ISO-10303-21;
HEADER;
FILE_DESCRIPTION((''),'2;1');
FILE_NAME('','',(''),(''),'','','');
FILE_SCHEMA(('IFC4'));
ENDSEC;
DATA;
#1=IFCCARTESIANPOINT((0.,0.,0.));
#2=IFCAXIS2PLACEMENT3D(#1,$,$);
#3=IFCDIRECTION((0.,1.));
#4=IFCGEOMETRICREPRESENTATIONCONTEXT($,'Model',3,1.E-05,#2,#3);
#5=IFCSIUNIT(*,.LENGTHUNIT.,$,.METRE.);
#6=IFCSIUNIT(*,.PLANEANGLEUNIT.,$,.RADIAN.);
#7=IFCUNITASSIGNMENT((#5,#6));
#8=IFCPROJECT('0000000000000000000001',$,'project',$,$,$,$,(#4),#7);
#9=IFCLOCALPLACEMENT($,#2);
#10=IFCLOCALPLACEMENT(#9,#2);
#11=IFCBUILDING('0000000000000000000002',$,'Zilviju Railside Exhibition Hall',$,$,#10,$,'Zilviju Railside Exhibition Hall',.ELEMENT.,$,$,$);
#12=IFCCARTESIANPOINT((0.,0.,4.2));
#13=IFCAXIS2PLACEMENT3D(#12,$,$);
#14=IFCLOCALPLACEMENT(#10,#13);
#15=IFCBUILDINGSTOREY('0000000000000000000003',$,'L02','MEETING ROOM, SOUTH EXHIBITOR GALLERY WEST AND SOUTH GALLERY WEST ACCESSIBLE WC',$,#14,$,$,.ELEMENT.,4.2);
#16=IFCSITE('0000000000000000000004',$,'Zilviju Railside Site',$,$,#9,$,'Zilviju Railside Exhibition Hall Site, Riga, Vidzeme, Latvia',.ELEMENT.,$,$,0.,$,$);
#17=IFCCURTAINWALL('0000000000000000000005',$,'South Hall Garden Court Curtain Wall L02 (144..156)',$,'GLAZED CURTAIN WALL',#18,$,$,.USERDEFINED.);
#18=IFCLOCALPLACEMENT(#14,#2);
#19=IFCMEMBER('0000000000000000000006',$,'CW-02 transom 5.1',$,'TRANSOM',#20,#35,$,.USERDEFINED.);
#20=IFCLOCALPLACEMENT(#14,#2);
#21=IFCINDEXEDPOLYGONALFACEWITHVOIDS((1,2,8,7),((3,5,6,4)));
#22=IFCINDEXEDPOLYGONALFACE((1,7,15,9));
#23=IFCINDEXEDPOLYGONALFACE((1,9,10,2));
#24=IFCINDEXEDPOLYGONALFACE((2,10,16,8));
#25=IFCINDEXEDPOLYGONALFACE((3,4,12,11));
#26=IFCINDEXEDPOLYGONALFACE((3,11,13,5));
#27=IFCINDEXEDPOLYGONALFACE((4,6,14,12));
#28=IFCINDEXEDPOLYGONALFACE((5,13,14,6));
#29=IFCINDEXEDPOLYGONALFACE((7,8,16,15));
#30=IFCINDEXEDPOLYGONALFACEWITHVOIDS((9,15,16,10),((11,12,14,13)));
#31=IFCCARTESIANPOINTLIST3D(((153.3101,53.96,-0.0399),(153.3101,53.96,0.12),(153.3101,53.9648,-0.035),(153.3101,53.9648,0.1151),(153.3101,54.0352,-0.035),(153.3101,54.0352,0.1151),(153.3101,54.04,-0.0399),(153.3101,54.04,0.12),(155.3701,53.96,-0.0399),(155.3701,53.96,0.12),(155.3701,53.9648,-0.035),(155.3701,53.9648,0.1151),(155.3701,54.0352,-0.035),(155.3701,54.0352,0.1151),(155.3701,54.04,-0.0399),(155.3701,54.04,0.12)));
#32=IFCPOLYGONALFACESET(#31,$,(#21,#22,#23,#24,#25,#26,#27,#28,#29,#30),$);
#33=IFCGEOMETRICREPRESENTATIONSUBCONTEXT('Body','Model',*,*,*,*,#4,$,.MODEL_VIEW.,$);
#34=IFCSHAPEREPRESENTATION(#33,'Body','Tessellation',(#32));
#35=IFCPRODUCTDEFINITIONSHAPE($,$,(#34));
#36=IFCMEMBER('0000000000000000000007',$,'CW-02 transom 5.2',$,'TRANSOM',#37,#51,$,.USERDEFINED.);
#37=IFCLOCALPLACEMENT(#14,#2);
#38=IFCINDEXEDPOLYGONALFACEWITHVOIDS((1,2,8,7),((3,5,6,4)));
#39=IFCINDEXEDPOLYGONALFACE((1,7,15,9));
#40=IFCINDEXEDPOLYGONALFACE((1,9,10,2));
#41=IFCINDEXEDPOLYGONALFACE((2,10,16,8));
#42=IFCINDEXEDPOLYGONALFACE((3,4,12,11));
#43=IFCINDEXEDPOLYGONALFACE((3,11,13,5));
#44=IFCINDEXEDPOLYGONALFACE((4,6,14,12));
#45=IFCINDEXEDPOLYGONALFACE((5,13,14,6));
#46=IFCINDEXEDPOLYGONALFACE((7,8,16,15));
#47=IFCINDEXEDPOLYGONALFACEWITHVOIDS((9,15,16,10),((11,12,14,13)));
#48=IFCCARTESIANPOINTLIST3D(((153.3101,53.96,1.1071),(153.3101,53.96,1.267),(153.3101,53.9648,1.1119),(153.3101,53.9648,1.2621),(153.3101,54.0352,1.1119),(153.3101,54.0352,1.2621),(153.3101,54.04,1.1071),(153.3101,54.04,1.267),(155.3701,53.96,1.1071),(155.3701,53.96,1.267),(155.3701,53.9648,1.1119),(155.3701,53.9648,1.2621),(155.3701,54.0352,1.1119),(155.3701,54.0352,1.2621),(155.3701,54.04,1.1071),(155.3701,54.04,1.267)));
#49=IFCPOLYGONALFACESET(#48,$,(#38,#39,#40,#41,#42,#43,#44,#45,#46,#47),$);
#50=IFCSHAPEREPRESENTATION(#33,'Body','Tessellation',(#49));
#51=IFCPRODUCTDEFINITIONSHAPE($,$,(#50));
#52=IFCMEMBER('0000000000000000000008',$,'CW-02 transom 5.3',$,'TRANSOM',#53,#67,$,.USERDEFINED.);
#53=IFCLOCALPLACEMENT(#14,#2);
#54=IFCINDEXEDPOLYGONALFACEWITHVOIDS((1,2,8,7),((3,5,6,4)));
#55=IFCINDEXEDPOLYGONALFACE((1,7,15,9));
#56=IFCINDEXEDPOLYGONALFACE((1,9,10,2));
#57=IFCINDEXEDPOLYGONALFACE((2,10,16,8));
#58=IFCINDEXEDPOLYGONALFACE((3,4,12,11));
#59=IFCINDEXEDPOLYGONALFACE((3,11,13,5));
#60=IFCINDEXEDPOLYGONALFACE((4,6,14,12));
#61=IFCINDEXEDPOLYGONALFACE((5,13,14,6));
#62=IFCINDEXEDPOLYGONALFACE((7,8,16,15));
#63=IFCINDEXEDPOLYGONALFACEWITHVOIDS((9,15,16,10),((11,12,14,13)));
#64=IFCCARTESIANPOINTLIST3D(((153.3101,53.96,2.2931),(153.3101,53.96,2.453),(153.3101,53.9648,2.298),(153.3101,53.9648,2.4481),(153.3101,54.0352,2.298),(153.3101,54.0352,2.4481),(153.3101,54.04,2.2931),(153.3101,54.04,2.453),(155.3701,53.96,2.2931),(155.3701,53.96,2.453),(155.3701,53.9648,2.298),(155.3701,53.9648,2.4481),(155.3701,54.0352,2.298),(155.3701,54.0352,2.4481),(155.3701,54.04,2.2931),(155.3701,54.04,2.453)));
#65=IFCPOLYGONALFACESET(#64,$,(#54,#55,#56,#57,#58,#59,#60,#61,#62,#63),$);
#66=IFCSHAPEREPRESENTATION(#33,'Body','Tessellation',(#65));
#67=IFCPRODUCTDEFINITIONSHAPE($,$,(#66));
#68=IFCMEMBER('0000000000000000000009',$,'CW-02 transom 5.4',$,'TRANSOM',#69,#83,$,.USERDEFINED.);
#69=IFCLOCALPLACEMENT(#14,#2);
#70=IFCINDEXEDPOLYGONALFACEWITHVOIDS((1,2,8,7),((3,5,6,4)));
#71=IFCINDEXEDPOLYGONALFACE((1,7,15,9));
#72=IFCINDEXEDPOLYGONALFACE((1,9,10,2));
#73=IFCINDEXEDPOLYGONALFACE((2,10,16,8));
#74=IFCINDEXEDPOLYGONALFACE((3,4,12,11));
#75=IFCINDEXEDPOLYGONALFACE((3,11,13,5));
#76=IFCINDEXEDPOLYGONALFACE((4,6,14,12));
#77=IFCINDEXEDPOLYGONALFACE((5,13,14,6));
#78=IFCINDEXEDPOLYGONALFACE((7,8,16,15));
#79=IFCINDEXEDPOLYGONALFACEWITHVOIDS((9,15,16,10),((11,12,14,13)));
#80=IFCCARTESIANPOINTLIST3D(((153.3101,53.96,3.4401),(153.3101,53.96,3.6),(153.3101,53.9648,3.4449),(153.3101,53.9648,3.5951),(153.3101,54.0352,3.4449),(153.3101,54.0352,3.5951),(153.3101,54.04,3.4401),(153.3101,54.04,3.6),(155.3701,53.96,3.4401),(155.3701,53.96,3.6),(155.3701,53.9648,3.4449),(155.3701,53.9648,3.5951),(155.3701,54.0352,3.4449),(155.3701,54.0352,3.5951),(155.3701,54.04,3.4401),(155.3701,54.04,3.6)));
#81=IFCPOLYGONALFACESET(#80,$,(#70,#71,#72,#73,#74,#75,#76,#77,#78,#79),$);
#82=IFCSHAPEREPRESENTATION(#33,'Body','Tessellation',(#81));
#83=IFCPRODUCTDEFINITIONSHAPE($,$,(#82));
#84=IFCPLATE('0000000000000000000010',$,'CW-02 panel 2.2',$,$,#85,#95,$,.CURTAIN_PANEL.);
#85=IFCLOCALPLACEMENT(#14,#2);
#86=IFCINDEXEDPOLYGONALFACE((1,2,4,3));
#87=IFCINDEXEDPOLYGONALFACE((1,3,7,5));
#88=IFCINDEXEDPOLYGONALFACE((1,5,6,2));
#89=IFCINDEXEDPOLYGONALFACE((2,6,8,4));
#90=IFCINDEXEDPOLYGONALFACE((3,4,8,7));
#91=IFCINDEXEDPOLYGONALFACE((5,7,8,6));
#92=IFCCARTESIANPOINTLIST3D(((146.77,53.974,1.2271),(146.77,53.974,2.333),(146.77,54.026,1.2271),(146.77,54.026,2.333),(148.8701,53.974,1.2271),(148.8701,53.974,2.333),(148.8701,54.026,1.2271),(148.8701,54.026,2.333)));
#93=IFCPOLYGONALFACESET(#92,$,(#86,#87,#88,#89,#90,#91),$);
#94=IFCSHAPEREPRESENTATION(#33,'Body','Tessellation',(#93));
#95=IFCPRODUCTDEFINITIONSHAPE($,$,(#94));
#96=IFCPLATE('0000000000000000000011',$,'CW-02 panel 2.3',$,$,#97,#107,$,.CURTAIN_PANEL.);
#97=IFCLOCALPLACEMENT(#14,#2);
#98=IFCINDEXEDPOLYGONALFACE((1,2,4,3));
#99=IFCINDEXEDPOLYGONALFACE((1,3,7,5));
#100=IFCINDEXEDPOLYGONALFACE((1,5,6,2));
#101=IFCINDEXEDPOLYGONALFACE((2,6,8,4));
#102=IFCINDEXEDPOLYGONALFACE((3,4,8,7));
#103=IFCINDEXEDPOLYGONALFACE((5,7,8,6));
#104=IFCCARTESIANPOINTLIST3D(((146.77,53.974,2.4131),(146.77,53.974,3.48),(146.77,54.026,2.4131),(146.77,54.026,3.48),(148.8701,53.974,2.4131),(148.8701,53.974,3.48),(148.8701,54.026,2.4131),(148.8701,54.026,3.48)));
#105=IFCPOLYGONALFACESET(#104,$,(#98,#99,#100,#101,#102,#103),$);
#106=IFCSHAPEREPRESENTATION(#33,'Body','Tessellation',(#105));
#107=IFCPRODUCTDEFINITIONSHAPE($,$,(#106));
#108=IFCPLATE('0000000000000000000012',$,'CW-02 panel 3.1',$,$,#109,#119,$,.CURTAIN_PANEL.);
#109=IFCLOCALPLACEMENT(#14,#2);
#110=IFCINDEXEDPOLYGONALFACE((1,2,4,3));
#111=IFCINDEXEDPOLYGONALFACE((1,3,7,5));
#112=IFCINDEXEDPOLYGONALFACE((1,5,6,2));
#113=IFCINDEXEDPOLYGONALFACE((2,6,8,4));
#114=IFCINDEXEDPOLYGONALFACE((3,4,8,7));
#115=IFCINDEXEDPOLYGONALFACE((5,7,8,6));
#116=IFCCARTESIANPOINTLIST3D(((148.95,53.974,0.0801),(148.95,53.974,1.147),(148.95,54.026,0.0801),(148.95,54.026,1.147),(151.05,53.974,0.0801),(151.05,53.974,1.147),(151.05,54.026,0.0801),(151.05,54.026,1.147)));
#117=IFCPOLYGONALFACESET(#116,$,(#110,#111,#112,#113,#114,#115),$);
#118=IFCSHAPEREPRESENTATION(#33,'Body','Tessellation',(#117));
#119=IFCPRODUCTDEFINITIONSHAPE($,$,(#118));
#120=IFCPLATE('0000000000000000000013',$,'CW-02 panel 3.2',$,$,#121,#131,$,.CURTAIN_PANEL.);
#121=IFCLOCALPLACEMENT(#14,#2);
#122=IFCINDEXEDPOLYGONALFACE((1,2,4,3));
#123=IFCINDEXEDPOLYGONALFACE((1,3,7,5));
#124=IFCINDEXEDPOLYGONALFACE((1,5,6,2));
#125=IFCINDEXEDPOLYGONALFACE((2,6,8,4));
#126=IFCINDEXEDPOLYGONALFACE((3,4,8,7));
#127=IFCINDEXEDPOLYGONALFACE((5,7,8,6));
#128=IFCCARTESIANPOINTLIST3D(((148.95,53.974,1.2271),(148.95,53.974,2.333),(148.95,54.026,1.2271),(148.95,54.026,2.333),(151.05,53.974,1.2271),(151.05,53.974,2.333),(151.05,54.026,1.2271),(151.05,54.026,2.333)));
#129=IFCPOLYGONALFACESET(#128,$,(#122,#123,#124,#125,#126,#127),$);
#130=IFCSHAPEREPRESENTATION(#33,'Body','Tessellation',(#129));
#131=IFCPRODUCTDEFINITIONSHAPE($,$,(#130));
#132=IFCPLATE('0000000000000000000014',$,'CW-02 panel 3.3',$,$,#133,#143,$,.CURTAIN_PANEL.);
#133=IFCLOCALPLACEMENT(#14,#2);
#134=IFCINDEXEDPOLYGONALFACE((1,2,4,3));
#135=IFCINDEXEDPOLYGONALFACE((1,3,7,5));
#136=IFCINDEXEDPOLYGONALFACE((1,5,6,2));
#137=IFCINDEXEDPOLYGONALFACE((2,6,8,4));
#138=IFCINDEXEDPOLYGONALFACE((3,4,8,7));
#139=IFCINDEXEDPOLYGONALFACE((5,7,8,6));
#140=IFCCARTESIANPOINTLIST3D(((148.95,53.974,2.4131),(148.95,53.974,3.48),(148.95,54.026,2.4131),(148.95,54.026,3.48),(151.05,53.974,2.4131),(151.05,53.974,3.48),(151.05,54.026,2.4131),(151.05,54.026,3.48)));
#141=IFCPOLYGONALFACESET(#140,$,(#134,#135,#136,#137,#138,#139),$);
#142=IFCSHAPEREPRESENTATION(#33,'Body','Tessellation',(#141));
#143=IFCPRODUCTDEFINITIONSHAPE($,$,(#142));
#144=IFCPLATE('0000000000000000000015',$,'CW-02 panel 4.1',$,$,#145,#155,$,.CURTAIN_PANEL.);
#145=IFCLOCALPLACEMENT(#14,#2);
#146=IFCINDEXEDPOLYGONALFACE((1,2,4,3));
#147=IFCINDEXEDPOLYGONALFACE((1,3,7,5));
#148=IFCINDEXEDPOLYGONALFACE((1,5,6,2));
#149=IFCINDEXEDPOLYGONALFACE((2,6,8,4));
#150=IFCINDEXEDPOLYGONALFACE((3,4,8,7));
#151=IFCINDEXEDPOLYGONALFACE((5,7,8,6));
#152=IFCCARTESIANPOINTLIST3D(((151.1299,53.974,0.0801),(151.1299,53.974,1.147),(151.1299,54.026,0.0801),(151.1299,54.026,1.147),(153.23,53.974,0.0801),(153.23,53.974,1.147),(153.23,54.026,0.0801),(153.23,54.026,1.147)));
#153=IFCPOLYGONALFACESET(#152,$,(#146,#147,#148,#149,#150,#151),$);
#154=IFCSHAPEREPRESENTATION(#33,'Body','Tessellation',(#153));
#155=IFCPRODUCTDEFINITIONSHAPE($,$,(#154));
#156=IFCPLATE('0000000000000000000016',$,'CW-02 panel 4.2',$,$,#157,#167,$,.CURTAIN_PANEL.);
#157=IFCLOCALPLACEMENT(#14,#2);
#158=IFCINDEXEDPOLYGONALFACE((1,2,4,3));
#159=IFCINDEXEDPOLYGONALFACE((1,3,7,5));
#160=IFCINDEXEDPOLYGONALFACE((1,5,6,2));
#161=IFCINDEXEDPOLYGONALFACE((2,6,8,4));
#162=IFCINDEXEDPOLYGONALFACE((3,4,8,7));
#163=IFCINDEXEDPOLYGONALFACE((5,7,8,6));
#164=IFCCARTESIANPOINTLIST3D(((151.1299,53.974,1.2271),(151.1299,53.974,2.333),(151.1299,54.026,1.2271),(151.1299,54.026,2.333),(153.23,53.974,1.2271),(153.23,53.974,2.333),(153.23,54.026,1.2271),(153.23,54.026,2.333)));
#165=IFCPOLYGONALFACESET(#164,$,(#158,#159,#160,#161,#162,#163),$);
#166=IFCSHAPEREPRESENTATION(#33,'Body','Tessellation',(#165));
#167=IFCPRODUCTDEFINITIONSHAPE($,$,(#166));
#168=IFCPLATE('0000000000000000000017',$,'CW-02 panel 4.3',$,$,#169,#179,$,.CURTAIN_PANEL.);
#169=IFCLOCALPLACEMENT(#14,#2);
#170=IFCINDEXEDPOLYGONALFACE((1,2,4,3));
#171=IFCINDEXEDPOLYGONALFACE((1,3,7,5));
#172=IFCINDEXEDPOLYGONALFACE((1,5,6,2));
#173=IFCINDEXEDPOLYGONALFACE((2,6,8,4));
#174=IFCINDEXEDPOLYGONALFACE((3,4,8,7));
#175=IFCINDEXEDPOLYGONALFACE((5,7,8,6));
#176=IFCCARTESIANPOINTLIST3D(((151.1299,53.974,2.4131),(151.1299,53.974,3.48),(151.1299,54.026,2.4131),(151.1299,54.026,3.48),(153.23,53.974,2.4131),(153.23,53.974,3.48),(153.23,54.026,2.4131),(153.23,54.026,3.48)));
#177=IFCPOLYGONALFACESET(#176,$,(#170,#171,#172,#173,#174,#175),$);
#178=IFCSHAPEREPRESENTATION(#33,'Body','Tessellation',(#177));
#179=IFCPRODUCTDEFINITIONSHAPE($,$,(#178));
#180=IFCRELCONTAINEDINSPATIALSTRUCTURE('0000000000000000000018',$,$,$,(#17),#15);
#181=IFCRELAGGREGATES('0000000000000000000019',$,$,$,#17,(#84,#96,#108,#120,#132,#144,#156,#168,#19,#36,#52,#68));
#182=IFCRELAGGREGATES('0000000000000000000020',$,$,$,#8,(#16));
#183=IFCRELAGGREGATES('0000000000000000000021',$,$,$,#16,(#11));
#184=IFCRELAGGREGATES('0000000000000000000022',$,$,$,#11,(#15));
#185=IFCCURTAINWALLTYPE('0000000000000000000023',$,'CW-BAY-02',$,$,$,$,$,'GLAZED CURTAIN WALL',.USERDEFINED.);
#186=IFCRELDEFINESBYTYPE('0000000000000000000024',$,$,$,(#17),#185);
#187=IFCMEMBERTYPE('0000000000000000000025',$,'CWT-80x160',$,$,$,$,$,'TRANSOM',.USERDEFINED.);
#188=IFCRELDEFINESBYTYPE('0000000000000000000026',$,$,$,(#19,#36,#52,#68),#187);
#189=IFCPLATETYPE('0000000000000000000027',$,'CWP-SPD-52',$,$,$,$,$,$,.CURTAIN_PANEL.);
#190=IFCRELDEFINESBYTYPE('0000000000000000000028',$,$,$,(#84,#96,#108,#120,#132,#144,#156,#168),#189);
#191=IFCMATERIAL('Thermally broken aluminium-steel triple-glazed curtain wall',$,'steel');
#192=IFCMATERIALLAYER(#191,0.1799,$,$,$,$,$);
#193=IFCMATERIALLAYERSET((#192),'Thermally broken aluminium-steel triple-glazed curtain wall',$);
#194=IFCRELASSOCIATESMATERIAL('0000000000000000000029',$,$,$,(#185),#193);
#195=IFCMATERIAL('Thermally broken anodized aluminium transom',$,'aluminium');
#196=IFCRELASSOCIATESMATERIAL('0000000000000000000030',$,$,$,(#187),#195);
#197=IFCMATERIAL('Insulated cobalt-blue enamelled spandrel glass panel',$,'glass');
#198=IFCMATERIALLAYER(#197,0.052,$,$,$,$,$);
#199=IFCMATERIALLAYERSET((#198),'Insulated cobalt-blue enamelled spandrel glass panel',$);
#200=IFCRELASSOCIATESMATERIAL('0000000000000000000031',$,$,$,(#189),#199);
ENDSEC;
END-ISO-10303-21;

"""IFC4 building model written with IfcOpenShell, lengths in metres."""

from ifc_helpers import new_model, si_unit, direction, frame, origin, origin_2d, place, context, subcontext, project, spatial, rectangle, hollow_rectangle, extrude, material, layer, layer_set, material_profile, profile_set, type_object, element, aggregate, save


model = new_model("IFC4")

# Units and contexts
model_context = context("Model", 3, precision=1e-05, world=origin(), true_north=direction((0.0, 1.0)))
body_context = subcontext(model_context, "Body", "Model", "MODEL_VIEW")
ifc_project = project(units=[si_unit("LENGTHUNIT", "METRE"), si_unit("PLANEANGLEUNIT", "RADIAN")], contexts=[model_context])

# Site, building, storey
site_placement = place(None, origin())
site = spatial("IfcSite", under=ifc_project, at=site_placement, Name="Zilviju Railside Site", LongName="Zilviju Railside Exhibition Hall Site, Riga, Vidzeme, Latvia", CompositionType="ELEMENT", RefElevation=0.0)
building_placement = place(site_placement, origin())
building = spatial("IfcBuilding", under=site, at=building_placement, Name="Zilviju Railside Exhibition Hall", LongName="Zilviju Railside Exhibition Hall", CompositionType="ELEMENT")
storey_placement = place(building_placement, frame((0.0, 0.0, 4.2)))
storey = spatial("IfcBuildingStorey", under=building, at=storey_placement, Name="L02", Description="MEETING ROOM, SOUTH EXHIBITOR GALLERY WEST AND SOUTH GALLERY WEST ACCESSIBLE WC", CompositionType="ELEMENT", Elevation=4.2)

# Curtain wall, members, plates
ifc_material_1 = material(Name="Thermally broken aluminium-steel triple-glazed curtain wall", Category="steel")
ifc_layer_1 = layer(ifc_material_1, 0.1799)
ifc_layer_set_1 = layer_set([ifc_layer_1], Name="Thermally broken aluminium-steel triple-glazed curtain wall")
curtain_wall_type = type_object("IfcCurtainWallType", Name="CW-BAY-02", ElementType="GLAZED CURTAIN WALL", PredefinedType="USERDEFINED", material=ifc_layer_set_1)
curtain_wall_placement = place(storey_placement, origin())
curtain_wall = element("IfcCurtainWall", 1, at=curtain_wall_placement, inside=storey, type_object=curtain_wall_type, Name="South Hall Garden Court Curtain Wall L02 (144..156)", ObjectType="GLAZED CURTAIN WALL", PredefinedType="USERDEFINED")
ifc_material_2 = material(Name="Thermally broken anodized aluminium transom", Category="aluminium")
ifc_material_profile_1 = material_profile(ifc_material_2, hollow_rectangle(XDim=0.0801, YDim=0.1599, WallThickness=0.0049, at=origin_2d()), Name="TRANSOM 160x80x5")
ifc_profile_set_1 = profile_set([ifc_material_profile_1], Name="Thermally broken anodized aluminium transom")
member_type_1 = type_object("IfcMemberType", Name="CWT-80x160", ElementType="TRANSOM", PredefinedType="USERDEFINED", material=ifc_profile_set_1)
member_1_placement = place(storey_placement, frame((153.3101, 54.0, 0.04), z_axis=(1.0, 0.0, 0.0), x_axis=(0.0, 1.0, 0.0)))
member_1 = element("IfcMember", 2, at=member_1_placement, type_object=member_type_1, Name="CW-02 transom 5.1", ObjectType="TRANSOM", PredefinedType="USERDEFINED", context=body_context, shape_type="SweptSolid", body=[
    extrude(hollow_rectangle(XDim=0.0801, YDim=0.1599, WallThickness=0.0049, at=origin_2d()), origin(), (0.0, 0.0, 1.0), 2.0601),
])
member_2_placement = place(storey_placement, frame((153.3101, 54.0, 1.187), z_axis=(1.0, 0.0, 0.0), x_axis=(0.0, 1.0, 0.0)))
member_2 = element("IfcMember", 3, at=member_2_placement, type_object=member_type_1, Name="CW-02 transom 5.2", ObjectType="TRANSOM", PredefinedType="USERDEFINED", context=body_context, shape_type="SweptSolid", body=[
    extrude(hollow_rectangle(XDim=0.0801, YDim=0.1599, WallThickness=0.0049, at=origin_2d()), origin(), (0.0, 0.0, 1.0), 2.0601),
])
member_3_placement = place(storey_placement, frame((153.3101, 54.0, 2.373), z_axis=(1.0, 0.0, 0.0), x_axis=(0.0, 1.0, 0.0)))
member_3 = element("IfcMember", 4, at=member_3_placement, type_object=member_type_1, Name="CW-02 transom 5.3", ObjectType="TRANSOM", PredefinedType="USERDEFINED", context=body_context, shape_type="SweptSolid", body=[
    extrude(hollow_rectangle(XDim=0.0801, YDim=0.1599, WallThickness=0.0049, at=origin_2d()), origin(), (0.0, 0.0, 1.0), 2.0601),
])
member_4_placement = place(storey_placement, frame((153.3101, 54.0, 3.52), z_axis=(1.0, 0.0, 0.0), x_axis=(0.0, 1.0, 0.0)))
member_4 = element("IfcMember", 5, at=member_4_placement, type_object=member_type_1, Name="CW-02 transom 5.4", ObjectType="TRANSOM", PredefinedType="USERDEFINED", context=body_context, shape_type="SweptSolid", body=[
    extrude(hollow_rectangle(XDim=0.0801, YDim=0.1599, WallThickness=0.0049, at=origin_2d()), origin(), (0.0, 0.0, 1.0), 2.0601),
])
ifc_material_3 = material(Name="Insulated cobalt-blue enamelled spandrel glass panel", Category="glass")
ifc_layer_2 = layer(ifc_material_3, 0.052)
ifc_layer_set_2 = layer_set([ifc_layer_2], Name="Insulated cobalt-blue enamelled spandrel glass panel")
plate_type = type_object("IfcPlateType", Name="CWP-SPD-52", PredefinedType="CURTAIN_PANEL", material=ifc_layer_set_2)
plate_1_placement = place(storey_placement, frame((147.8201, 54.0, 1.2271), z_axis=(0.0, 0.0, 1.0), x_axis=(1.0, 0.0, 0.0)))
plate_1 = element("IfcPlate", 6, at=plate_1_placement, type_object=plate_type, Name="CW-02 panel 2.2", PredefinedType="CURTAIN_PANEL", context=body_context, shape_type="SweptSolid", body=[
    extrude(rectangle(XDim=2.1001, YDim=0.052, at=origin_2d()), origin(), (0.0, 0.0, 1.0), 1.106),
])
plate_2_placement = place(storey_placement, frame((147.8201, 54.0, 2.4131), z_axis=(0.0, 0.0, 1.0), x_axis=(1.0, 0.0, 0.0)))
plate_2 = element("IfcPlate", 7, at=plate_2_placement, type_object=plate_type, Name="CW-02 panel 2.3", PredefinedType="CURTAIN_PANEL", context=body_context, shape_type="SweptSolid", body=[
    extrude(rectangle(XDim=2.1001, YDim=0.052, at=origin_2d()), origin(), (0.0, 0.0, 1.0), 1.0669),
])
plate_3_placement = place(storey_placement, frame((150.0, 54.0, 0.0801), z_axis=(0.0, 0.0, 1.0), x_axis=(1.0, 0.0, 0.0)))
plate_3 = element("IfcPlate", 8, at=plate_3_placement, type_object=plate_type, Name="CW-02 panel 3.1", PredefinedType="CURTAIN_PANEL", context=body_context, shape_type="SweptSolid", body=[
    extrude(rectangle(XDim=2.1001, YDim=0.052, at=origin_2d()), origin(), (0.0, 0.0, 1.0), 1.0669),
])
plate_4_placement = place(storey_placement, frame((150.0, 54.0, 1.2271), z_axis=(0.0, 0.0, 1.0), x_axis=(1.0, 0.0, 0.0)))
plate_4 = element("IfcPlate", 9, at=plate_4_placement, type_object=plate_type, Name="CW-02 panel 3.2", PredefinedType="CURTAIN_PANEL", context=body_context, shape_type="SweptSolid", body=[
    extrude(rectangle(XDim=2.1001, YDim=0.052, at=origin_2d()), origin(), (0.0, 0.0, 1.0), 1.106),
])
plate_5_placement = place(storey_placement, frame((150.0, 54.0, 2.4131), z_axis=(0.0, 0.0, 1.0), x_axis=(1.0, 0.0, 0.0)))
plate_5 = element("IfcPlate", 10, at=plate_5_placement, type_object=plate_type, Name="CW-02 panel 3.3", PredefinedType="CURTAIN_PANEL", context=body_context, shape_type="SweptSolid", body=[
    extrude(rectangle(XDim=2.1001, YDim=0.052, at=origin_2d()), origin(), (0.0, 0.0, 1.0), 1.0669),
])
plate_6_placement = place(storey_placement, frame((152.1799, 54.0, 0.0801), z_axis=(0.0, 0.0, 1.0), x_axis=(1.0, 0.0, 0.0)))
plate_6 = element("IfcPlate", 11, at=plate_6_placement, type_object=plate_type, Name="CW-02 panel 4.1", PredefinedType="CURTAIN_PANEL", context=body_context, shape_type="SweptSolid", body=[
    extrude(rectangle(XDim=2.1001, YDim=0.052, at=origin_2d()), origin(), (0.0, 0.0, 1.0), 1.0669),
])
plate_7_placement = place(storey_placement, frame((152.1799, 54.0, 1.2271), z_axis=(0.0, 0.0, 1.0), x_axis=(1.0, 0.0, 0.0)))
plate_7 = element("IfcPlate", 12, at=plate_7_placement, type_object=plate_type, Name="CW-02 panel 4.2", PredefinedType="CURTAIN_PANEL", context=body_context, shape_type="SweptSolid", body=[
    extrude(rectangle(XDim=2.1001, YDim=0.052, at=origin_2d()), origin(), (0.0, 0.0, 1.0), 1.106),
])
plate_8_placement = place(storey_placement, frame((152.1799, 54.0, 2.4131), z_axis=(0.0, 0.0, 1.0), x_axis=(1.0, 0.0, 0.0)))
plate_8 = element("IfcPlate", 13, at=plate_8_placement, type_object=plate_type, Name="CW-02 panel 4.3", PredefinedType="CURTAIN_PANEL", context=body_context, shape_type="SweptSolid", body=[
    extrude(rectangle(XDim=2.1001, YDim=0.052, at=origin_2d()), origin(), (0.0, 0.0, 1.0), 1.0669),
])
aggregate(curtain_wall, [plate_1, plate_2, plate_3, plate_4, plate_5, plate_6, plate_7, plate_8, member_1, member_2, member_3, member_4])

save(model, "model.ifc")
